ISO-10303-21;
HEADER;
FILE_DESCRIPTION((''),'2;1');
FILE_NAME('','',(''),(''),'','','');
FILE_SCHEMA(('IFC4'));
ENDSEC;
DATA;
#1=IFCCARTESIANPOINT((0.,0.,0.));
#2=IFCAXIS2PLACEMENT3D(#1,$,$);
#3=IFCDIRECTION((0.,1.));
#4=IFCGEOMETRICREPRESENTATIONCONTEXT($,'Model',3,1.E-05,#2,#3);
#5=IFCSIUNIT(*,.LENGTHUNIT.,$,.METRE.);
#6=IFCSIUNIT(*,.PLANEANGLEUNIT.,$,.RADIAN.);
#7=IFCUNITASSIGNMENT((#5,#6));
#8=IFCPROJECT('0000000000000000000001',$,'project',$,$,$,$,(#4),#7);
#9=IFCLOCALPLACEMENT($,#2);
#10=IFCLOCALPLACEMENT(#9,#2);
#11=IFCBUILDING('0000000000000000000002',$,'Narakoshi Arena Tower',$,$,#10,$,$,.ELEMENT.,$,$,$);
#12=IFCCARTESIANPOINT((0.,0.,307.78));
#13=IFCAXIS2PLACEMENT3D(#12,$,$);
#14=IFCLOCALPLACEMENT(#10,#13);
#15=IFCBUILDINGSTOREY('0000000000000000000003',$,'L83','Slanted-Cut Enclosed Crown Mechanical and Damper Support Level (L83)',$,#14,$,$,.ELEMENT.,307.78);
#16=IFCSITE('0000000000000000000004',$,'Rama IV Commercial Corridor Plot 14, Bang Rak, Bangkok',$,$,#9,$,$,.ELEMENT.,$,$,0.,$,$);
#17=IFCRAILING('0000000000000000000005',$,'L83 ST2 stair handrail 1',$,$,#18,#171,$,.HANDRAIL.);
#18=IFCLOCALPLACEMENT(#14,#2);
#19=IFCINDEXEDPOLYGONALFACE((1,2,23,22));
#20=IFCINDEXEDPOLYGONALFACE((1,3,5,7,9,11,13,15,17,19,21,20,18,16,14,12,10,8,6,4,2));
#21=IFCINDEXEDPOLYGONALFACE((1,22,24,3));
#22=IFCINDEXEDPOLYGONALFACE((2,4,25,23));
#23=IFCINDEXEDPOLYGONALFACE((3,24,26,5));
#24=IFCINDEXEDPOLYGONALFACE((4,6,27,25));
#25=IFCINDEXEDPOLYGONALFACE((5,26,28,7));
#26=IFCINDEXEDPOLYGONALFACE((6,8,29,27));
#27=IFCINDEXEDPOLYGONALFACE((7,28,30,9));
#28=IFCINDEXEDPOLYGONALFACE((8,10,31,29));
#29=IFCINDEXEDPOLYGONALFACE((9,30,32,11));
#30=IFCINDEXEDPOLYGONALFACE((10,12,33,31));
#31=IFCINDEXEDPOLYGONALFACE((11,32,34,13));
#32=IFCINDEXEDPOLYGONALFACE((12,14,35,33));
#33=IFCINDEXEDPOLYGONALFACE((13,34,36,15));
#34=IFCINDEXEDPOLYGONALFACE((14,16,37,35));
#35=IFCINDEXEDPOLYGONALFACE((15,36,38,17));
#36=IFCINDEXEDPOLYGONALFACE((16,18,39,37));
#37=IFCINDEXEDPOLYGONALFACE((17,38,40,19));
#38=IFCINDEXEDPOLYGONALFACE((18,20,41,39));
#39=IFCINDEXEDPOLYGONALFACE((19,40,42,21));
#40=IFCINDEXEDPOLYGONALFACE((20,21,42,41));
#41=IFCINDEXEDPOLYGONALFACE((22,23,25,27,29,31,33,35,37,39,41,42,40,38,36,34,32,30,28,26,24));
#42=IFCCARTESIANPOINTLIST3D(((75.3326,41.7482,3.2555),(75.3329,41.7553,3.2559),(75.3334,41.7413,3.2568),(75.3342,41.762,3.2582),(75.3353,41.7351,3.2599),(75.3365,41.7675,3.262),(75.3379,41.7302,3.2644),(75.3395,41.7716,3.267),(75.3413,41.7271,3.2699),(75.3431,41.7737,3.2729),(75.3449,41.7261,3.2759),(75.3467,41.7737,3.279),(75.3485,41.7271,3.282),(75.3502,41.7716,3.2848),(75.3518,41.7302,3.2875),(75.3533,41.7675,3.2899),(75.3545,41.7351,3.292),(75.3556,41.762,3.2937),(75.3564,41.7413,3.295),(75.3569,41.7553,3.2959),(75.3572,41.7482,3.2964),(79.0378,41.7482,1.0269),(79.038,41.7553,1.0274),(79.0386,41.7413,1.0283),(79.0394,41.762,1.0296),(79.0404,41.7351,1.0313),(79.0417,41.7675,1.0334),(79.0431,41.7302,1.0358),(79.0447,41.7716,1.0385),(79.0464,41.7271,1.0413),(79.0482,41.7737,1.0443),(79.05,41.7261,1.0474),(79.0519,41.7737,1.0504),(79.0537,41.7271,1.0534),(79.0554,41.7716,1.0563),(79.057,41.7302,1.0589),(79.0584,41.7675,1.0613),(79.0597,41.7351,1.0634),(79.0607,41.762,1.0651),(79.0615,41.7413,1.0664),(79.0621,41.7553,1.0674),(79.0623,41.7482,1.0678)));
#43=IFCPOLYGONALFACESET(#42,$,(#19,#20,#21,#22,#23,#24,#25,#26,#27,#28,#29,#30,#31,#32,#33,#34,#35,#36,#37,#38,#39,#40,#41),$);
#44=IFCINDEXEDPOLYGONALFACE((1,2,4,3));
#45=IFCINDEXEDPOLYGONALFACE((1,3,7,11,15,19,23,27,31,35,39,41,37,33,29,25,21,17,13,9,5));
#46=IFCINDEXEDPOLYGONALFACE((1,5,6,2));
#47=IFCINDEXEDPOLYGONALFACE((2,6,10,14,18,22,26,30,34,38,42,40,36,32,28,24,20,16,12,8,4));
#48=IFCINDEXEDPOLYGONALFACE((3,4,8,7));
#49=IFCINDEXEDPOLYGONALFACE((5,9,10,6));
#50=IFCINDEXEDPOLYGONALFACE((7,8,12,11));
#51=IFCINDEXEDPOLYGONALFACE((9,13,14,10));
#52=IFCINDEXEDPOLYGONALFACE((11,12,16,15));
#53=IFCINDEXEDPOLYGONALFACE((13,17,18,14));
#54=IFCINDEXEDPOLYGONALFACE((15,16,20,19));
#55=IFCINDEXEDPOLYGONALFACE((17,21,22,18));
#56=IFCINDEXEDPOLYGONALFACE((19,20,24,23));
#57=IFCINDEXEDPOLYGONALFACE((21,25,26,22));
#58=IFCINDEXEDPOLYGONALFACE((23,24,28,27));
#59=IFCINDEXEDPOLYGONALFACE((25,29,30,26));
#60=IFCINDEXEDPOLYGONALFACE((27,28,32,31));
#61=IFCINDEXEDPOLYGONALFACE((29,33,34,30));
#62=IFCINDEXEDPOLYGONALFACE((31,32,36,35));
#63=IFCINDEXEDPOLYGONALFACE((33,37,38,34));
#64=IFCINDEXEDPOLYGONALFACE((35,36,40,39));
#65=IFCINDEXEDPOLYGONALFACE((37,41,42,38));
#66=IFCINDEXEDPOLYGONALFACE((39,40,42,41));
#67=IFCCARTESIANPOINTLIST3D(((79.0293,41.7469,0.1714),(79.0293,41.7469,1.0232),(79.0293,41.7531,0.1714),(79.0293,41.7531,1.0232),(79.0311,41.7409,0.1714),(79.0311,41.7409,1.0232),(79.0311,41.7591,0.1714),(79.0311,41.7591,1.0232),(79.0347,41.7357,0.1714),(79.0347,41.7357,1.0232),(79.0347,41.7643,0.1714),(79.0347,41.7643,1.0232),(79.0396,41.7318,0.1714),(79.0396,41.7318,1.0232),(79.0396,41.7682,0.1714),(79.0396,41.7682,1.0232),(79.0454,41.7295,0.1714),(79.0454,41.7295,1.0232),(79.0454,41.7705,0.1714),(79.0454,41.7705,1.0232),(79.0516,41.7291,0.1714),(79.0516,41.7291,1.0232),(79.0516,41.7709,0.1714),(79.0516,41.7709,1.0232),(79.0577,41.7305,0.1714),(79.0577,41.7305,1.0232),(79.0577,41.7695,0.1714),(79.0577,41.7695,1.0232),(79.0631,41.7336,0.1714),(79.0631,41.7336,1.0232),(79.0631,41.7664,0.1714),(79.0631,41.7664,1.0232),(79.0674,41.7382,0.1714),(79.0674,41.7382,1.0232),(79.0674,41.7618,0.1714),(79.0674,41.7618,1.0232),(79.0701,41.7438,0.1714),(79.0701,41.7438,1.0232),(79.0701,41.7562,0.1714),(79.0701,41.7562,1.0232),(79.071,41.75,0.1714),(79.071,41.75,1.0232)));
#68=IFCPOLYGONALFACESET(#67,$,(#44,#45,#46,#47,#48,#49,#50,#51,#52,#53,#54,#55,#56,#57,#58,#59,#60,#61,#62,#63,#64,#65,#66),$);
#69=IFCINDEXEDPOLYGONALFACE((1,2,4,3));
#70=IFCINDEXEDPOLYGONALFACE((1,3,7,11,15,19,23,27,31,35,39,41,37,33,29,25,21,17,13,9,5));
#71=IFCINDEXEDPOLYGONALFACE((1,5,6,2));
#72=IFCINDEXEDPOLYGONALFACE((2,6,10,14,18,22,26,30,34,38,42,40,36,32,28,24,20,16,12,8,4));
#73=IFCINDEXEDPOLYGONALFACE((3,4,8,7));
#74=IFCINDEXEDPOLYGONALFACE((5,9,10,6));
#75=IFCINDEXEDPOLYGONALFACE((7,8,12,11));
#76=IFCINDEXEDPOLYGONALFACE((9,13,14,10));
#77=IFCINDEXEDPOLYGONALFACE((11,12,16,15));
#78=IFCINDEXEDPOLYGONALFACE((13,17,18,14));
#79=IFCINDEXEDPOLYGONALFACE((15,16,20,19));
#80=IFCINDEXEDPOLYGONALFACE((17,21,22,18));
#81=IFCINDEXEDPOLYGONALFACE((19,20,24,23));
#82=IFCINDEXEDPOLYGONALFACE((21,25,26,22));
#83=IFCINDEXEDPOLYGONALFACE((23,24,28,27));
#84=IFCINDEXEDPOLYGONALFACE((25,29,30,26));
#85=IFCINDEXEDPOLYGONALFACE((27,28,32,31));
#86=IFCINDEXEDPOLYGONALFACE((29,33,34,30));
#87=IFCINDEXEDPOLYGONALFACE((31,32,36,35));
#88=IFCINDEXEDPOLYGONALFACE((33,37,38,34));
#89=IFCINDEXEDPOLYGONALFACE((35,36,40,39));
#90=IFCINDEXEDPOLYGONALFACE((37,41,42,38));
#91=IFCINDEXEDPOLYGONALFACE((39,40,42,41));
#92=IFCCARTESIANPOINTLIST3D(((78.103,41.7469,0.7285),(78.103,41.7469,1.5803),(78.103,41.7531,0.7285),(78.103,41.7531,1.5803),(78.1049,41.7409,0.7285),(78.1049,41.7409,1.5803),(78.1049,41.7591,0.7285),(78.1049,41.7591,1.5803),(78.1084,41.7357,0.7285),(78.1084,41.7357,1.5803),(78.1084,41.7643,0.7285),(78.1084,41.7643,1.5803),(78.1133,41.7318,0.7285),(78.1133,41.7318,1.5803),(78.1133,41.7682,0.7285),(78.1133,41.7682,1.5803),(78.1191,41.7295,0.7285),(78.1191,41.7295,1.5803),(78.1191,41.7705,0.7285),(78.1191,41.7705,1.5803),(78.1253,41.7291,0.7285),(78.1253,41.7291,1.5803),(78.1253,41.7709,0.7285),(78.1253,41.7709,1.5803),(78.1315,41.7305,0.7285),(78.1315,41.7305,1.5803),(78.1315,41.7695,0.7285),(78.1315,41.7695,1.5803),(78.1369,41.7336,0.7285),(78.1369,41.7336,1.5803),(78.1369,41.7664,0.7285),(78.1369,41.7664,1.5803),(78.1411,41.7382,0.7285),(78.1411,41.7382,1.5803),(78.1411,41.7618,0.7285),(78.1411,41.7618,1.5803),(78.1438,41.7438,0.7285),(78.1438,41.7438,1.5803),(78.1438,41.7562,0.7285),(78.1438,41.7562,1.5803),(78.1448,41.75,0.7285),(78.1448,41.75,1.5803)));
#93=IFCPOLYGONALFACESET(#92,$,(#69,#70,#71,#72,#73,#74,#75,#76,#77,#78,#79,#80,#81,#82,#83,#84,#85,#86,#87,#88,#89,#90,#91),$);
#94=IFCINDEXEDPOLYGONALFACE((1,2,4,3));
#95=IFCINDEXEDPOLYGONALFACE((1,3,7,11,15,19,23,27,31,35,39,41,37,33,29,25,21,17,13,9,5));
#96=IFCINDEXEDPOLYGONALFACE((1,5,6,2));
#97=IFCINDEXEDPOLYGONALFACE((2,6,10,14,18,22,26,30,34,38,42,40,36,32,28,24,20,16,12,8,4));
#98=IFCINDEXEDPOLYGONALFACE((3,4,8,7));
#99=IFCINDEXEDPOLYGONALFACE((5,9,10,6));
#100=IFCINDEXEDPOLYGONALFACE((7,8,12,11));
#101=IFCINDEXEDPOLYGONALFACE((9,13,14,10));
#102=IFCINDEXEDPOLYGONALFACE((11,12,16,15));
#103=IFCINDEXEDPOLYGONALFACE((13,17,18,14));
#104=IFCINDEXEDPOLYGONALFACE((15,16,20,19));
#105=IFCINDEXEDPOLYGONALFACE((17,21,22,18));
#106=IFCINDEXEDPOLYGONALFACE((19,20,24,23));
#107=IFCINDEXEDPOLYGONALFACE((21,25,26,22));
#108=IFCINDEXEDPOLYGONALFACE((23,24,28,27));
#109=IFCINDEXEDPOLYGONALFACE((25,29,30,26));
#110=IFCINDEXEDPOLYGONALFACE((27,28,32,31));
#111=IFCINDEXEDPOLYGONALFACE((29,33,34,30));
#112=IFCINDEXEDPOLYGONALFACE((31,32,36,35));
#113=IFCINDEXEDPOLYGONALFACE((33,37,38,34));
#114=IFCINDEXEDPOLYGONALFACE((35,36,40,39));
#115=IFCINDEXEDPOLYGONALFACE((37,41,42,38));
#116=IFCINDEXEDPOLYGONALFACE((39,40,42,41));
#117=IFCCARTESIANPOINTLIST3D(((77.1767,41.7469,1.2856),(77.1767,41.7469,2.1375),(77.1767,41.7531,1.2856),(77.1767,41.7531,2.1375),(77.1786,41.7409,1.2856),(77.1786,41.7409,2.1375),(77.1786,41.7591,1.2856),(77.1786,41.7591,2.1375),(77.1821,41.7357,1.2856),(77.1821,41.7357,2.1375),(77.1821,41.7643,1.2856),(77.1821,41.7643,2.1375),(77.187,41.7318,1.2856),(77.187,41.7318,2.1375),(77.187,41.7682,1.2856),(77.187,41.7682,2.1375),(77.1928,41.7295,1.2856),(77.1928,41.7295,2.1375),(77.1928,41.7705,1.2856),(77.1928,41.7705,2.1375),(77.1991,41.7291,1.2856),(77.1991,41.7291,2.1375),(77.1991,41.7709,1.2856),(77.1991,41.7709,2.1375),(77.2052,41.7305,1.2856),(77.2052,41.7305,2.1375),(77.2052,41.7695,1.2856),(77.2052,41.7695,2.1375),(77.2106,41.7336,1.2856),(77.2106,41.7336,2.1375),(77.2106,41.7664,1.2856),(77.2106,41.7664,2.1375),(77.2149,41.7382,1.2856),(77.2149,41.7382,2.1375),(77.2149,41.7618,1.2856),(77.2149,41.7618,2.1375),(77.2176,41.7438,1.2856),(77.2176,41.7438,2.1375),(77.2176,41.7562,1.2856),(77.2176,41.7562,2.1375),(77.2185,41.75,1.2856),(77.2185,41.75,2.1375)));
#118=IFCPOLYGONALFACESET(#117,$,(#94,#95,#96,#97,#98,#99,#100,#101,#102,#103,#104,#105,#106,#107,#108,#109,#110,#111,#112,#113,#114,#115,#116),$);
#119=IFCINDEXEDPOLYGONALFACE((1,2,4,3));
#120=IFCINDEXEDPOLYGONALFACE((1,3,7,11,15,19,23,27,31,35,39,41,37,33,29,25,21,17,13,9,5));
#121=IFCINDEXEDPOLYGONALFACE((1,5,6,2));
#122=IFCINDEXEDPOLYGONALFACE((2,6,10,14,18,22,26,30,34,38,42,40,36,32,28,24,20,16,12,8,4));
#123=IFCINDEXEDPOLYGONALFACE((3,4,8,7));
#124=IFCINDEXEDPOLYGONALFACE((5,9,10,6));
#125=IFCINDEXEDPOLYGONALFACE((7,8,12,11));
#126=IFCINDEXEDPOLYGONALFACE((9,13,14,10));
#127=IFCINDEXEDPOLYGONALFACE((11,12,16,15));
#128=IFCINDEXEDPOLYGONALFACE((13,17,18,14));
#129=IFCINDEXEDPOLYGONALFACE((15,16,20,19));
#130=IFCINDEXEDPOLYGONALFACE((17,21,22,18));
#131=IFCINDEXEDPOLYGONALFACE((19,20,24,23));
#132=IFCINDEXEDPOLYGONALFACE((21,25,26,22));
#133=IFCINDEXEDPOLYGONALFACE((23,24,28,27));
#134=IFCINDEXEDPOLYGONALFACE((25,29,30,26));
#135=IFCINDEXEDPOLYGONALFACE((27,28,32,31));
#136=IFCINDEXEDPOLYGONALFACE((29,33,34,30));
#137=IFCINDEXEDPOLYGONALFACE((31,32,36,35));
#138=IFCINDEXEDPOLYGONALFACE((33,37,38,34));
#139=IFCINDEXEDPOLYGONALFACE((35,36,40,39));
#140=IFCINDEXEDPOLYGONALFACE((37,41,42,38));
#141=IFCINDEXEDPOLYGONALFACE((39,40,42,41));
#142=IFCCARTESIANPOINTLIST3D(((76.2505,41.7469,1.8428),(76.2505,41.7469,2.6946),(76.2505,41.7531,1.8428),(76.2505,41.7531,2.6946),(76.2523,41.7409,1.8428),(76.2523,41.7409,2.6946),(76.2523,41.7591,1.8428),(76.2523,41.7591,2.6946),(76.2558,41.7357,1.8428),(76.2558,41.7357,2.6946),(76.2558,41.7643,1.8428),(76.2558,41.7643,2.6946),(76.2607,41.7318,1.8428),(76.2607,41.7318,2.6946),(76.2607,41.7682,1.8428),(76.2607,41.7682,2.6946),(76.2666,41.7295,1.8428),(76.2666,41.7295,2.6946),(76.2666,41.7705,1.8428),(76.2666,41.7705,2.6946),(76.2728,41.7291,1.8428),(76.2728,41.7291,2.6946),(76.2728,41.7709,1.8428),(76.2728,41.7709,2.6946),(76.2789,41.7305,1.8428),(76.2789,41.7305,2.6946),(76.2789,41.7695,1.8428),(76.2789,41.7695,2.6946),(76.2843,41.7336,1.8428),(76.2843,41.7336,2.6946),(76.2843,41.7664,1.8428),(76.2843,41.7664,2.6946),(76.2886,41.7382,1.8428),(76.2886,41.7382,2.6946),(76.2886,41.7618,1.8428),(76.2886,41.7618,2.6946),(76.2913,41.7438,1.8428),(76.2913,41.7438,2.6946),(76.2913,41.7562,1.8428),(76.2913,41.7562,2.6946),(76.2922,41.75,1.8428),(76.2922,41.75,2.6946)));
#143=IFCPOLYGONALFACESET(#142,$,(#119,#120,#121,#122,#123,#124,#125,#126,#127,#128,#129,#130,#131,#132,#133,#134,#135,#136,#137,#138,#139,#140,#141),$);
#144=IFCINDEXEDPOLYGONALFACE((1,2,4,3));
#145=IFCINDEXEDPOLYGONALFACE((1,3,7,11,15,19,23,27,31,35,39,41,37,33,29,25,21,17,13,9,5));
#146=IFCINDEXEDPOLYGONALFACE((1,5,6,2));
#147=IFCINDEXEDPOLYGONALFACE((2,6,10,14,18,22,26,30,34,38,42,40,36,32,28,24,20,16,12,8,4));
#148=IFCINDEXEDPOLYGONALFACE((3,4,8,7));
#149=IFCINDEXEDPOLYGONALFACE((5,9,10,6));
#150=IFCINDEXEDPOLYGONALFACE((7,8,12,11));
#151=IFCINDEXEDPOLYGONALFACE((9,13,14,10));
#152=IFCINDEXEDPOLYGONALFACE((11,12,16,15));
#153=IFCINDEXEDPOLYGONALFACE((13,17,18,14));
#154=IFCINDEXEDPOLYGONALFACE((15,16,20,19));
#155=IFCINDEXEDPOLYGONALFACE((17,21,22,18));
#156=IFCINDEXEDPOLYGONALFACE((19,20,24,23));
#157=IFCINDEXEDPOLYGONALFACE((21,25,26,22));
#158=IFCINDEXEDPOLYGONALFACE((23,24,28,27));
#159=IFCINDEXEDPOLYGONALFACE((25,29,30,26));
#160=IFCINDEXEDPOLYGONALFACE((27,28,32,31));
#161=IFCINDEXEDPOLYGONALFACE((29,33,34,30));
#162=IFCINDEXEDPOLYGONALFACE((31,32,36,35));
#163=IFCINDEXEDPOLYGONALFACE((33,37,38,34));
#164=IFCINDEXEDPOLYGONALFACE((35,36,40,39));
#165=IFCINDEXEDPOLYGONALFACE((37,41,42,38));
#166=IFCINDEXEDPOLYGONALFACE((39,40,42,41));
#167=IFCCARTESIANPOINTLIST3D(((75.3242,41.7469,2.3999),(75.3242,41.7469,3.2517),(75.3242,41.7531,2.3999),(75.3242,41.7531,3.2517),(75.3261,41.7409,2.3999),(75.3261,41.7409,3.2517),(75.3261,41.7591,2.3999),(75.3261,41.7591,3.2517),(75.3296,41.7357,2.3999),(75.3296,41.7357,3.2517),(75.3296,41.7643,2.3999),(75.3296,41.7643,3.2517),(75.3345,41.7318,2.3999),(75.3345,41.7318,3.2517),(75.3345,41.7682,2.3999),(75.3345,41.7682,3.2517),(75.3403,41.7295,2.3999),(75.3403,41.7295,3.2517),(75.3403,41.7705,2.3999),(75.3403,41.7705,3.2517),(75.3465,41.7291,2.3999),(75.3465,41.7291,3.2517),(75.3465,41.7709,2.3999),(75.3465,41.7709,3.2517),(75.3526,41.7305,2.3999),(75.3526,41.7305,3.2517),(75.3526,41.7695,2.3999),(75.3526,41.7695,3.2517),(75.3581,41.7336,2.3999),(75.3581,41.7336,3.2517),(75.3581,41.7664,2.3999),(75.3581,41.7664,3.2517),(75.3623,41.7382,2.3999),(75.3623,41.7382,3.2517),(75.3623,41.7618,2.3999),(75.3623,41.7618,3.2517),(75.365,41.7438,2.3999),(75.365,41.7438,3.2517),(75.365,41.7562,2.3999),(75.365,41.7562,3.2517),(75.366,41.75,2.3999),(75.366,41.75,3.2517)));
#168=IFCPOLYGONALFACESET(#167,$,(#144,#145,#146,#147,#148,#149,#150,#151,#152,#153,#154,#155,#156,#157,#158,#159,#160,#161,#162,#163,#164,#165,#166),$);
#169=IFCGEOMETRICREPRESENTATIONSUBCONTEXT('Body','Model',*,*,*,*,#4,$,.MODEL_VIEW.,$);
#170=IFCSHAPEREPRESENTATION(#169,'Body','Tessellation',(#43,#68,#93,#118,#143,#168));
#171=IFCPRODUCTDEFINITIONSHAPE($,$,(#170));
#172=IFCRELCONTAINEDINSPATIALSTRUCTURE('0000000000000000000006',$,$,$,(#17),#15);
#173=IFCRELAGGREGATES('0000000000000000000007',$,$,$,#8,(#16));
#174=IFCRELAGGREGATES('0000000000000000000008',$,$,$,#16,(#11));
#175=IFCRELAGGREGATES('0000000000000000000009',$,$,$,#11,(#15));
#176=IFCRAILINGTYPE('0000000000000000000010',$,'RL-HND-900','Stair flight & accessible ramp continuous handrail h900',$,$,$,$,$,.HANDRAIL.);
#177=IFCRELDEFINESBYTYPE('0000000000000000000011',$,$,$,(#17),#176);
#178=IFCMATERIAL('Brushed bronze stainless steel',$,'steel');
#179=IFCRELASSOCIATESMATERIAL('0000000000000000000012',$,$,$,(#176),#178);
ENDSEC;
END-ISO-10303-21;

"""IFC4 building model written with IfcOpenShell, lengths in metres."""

from ifc_helpers import new_model, si_unit, direction, frame, origin, origin_2d, place, context, subcontext, project, spatial, circle, extrude, material, type_object, element, save


model = new_model("IFC4")

# Units and contexts
model_context = context("Model", 3, precision=1e-05, world=origin(), true_north=direction((0.0, 1.0)))
body_context = subcontext(model_context, "Body", "Model", "MODEL_VIEW")
ifc_project = project(units=[si_unit("LENGTHUNIT", "METRE"), si_unit("PLANEANGLEUNIT", "RADIAN")], contexts=[model_context])

# Site, building, storey
site_placement = place(None, origin())
site = spatial("IfcSite", under=ifc_project, at=site_placement, Name="Rama IV Commercial Corridor Plot 14, Bang Rak, Bangkok", CompositionType="ELEMENT", RefElevation=0.0)
building_placement = place(site_placement, origin())
building = spatial("IfcBuilding", under=site, at=building_placement, Name="Narakoshi Arena Tower", CompositionType="ELEMENT")
storey_placement = place(building_placement, frame((0.0, 0.0, 307.78)))
storey = spatial("IfcBuildingStorey", under=building, at=storey_placement, Name="L83", Description="Slanted-Cut Enclosed Crown Mechanical and Damper Support Level (L83)", CompositionType="ELEMENT", Elevation=307.78)

# Railing
ifc_material_1 = material(Name="Brushed bronze stainless steel", Category="steel")
railing_type_1 = type_object("IfcRailingType", Name="RL-HND-900", Description="Stair flight & accessible ramp continuous handrail h900", PredefinedType="HANDRAIL", material=ifc_material_1)
railing_1_placement = place(storey_placement, frame((79.05, 41.75, 0.1714)))
element("IfcRailing", 1, at=railing_1_placement, inside=storey, type_object=railing_type_1, Name="L83 ST2 stair handrail 1", PredefinedType="HANDRAIL", context=body_context, shape_type="SweptSolid", body=[
    extrude(circle(Radius=0.0239, at=origin_2d()), frame((0.0, 0.0, 0.876), z_axis=(-0.856934, 0.0, 0.515425), x_axis=(0.0, -1.0, 0.0)), (0.0, 0.0, 1.0), 4.3237),
    extrude(circle(Radius=0.021, at=origin_2d()), origin(), (0.0, 0.0, 1.0), 0.8518),
    extrude(circle(Radius=0.021, at=origin_2d()), frame((-0.9263, 0.0, 0.5571)), (0.0, 0.0, 1.0), 0.8518),
    extrude(circle(Radius=0.021, at=origin_2d()), frame((-1.8525, 0.0, 1.1143)), (0.0, 0.0, 1.0), 0.8518),
    extrude(circle(Radius=0.021, at=origin_2d()), frame((-2.7788, 0.0, 1.6714)), (0.0, 0.0, 1.0), 0.8518),
    extrude(circle(Radius=0.021, at=origin_2d()), frame((-3.7051, 0.0, 2.2285)), (0.0, 0.0, 1.0), 0.8518),
])

save(model, "model.ifc")
